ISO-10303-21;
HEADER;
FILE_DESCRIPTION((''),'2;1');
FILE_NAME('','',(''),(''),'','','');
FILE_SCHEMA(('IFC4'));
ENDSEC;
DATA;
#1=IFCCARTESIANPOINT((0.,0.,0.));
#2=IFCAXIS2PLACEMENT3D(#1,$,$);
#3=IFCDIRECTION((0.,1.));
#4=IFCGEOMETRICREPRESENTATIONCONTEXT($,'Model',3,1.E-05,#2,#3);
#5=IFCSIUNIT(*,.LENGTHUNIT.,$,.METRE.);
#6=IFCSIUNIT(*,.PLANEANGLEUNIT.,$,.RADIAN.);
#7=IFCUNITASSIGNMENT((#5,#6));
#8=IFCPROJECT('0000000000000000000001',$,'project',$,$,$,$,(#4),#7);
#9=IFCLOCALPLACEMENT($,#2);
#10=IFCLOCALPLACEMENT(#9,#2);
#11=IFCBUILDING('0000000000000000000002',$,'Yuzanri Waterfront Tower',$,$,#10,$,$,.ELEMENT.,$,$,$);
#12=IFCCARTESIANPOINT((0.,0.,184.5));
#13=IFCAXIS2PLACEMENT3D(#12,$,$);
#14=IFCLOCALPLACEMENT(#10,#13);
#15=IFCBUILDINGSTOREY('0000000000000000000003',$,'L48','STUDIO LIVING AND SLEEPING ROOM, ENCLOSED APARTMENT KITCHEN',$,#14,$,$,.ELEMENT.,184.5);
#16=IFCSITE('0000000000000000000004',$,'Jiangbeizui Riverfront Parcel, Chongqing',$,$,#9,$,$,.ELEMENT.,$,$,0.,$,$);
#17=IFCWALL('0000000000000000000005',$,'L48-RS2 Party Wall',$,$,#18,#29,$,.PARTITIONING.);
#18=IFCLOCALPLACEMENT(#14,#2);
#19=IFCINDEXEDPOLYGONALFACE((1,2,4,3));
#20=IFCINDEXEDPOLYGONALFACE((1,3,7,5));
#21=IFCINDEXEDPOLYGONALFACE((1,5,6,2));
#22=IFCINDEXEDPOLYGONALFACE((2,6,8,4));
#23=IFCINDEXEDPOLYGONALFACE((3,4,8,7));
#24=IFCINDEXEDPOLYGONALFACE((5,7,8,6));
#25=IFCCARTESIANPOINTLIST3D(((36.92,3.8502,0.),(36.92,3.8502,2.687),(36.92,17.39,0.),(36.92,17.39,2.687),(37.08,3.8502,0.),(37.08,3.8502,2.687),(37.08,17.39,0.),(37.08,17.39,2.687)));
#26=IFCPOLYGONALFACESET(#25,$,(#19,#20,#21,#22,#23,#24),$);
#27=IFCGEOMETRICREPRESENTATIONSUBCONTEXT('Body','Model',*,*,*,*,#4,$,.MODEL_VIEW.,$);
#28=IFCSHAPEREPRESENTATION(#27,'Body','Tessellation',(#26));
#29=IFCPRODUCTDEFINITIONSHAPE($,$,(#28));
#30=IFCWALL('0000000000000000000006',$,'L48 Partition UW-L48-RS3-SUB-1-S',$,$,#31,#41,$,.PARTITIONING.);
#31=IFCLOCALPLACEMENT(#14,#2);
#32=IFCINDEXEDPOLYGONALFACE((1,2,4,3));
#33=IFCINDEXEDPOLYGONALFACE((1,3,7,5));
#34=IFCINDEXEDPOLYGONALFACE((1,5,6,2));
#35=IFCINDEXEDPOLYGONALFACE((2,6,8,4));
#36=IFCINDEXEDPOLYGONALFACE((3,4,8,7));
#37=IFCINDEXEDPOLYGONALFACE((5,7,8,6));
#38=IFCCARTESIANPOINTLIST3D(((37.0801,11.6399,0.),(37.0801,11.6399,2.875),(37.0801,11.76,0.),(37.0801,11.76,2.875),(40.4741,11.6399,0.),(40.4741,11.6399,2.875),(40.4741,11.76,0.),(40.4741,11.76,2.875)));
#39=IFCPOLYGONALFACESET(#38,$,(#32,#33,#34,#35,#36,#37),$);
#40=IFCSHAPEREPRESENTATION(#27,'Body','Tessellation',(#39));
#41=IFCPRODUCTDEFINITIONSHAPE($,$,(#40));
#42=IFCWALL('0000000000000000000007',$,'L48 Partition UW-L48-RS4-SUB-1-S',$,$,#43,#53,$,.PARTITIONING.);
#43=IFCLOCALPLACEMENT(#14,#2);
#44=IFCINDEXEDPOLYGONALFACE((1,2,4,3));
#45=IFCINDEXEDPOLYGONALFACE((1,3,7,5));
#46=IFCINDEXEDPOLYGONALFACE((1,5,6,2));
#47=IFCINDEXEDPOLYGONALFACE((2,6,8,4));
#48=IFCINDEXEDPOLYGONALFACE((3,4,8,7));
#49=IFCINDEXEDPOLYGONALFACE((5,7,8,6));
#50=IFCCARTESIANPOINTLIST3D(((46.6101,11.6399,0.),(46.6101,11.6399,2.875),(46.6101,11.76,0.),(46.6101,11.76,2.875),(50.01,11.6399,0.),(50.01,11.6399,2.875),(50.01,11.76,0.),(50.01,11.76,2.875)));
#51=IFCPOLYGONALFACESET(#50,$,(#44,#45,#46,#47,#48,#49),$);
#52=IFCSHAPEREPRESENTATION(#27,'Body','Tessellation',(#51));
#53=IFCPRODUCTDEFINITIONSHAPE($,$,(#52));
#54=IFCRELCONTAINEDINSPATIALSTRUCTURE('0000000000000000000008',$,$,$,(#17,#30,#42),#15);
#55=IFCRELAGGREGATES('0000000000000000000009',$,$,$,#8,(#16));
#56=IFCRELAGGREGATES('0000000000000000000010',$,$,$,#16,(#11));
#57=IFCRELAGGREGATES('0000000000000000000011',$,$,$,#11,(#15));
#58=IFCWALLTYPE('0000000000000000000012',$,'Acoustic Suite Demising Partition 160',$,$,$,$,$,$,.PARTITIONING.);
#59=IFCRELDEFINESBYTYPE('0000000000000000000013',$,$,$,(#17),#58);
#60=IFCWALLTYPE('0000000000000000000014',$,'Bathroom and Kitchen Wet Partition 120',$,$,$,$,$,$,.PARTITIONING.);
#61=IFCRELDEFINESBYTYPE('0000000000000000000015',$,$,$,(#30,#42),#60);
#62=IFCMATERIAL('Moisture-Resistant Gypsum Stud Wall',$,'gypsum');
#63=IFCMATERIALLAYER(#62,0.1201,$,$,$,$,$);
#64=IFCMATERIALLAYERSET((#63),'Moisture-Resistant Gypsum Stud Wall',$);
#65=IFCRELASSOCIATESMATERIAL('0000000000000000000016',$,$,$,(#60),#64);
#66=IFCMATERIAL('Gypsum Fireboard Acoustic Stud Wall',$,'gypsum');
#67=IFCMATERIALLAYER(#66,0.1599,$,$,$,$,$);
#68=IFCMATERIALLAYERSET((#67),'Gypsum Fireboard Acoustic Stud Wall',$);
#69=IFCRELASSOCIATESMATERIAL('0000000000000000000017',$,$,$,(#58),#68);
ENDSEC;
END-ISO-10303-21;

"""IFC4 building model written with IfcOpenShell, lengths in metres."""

from ifc_helpers import new_model, si_unit, direction, frame, frame_2d, origin, place, context, subcontext, project, spatial, rectangle, extrude, source, transform, mapped, material, layer, layer_set, type_object, element, save


model = new_model("IFC4")

# Units and contexts
model_context = context("Model", 3, precision=1e-05, world=origin(), true_north=direction((0.0, 1.0)))
body_context = subcontext(model_context, "Body", "Model", "MODEL_VIEW")
ifc_project = project(units=[si_unit("LENGTHUNIT", "METRE"), si_unit("PLANEANGLEUNIT", "RADIAN")], contexts=[model_context])

# Site, building, storey
site_placement = place(None, origin())
site = spatial("IfcSite", under=ifc_project, at=site_placement, Name="Jiangbeizui Riverfront Parcel, Chongqing", CompositionType="ELEMENT", RefElevation=0.0)
building_placement = place(site_placement, origin())
building = spatial("IfcBuilding", under=site, at=building_placement, Name="Yuzanri Waterfront Tower", CompositionType="ELEMENT")
storey_placement = place(building_placement, frame((0.0, 0.0, 184.5)))
storey = spatial("IfcBuildingStorey", under=building, at=storey_placement, Name="L48", Description="STUDIO LIVING AND SLEEPING ROOM, ENCLOSED APARTMENT KITCHEN", CompositionType="ELEMENT", Elevation=184.5)

# Shared definitions
ifc_material_1 = material(Name="Moisture-Resistant Gypsum Stud Wall", Category="gypsum")
ifc_layer_1 = layer(ifc_material_1, 0.1201)
ifc_layer_set_1 = layer_set([ifc_layer_1], Name="Moisture-Resistant Gypsum Stud Wall")
wall_type_1 = type_object("IfcWallType", Name="Bathroom and Kitchen Wet Partition 120", PredefinedType="PARTITIONING", material=ifc_layer_set_1)

# Walls
ifc_material_2 = material(Name="Gypsum Fireboard Acoustic Stud Wall", Category="gypsum")
ifc_layer_2 = layer(ifc_material_2, 0.1599)
ifc_layer_set_2 = layer_set([ifc_layer_2], Name="Gypsum Fireboard Acoustic Stud Wall")
wall_type_2 = type_object("IfcWallType", Name="Acoustic Suite Demising Partition 160", PredefinedType="PARTITIONING", material=ifc_layer_set_2)
shared_shape_1 = source(origin(), body_context, "Body", "SweptSolid", [
    extrude(rectangle(XDim=13.5398, YDim=0.1599, at=frame_2d((6.77, 0.0))), origin(), (0.0, 0.0, 1.0), 2.687),
])
wall_1_placement = place(storey_placement, frame((37.0, 3.8501, 0.0), z_axis=(0.0, 0.0, 1.0), x_axis=(0.0, 1.0, 0.0)))
element("IfcWall", 1, at=wall_1_placement, inside=storey, type_object=wall_type_2, Name="L48-RS2 Party Wall", PredefinedType="PARTITIONING", context=body_context, shape_type="MappedRepresentation", body=[
    mapped(shared_shape_1, transform((0.0, 0.0, 0.0), scale=1.0)),
])
shared_shape_2 = source(origin(), body_context, "Body", "SweptSolid", [
    extrude(rectangle(XDim=3.394, YDim=0.1201, at=frame_2d((1.697, 0.0))), origin(), (0.0, 0.0, 1.0), 2.875),
])
wall_2_placement = place(storey_placement, frame((37.0801, 11.7, 0.0), z_axis=(0.0, 0.0, 1.0), x_axis=(1.0, 0.0, 0.0)))
element("IfcWall", 2, at=wall_2_placement, inside=storey, type_object=wall_type_1, Name="L48 Partition UW-L48-RS3-SUB-1-S", PredefinedType="PARTITIONING", context=body_context, shape_type="MappedRepresentation", body=[
    mapped(shared_shape_2, transform((0.0, 0.0, 0.0), scale=1.0)),
])
shared_shape_3 = source(origin(), body_context, "Body", "SweptSolid", [
    extrude(rectangle(XDim=3.3999, YDim=0.1201, at=frame_2d((1.7, 0.0))), origin(), (0.0, 0.0, 1.0), 2.875),
])
wall_3_placement = place(storey_placement, frame((46.6101, 11.7, 0.0), z_axis=(0.0, 0.0, 1.0), x_axis=(1.0, 0.0, 0.0)))
element("IfcWall", 3, at=wall_3_placement, inside=storey, type_object=wall_type_1, Name="L48 Partition UW-L48-RS4-SUB-1-S", PredefinedType="PARTITIONING", context=body_context, shape_type="MappedRepresentation", body=[
    mapped(shared_shape_3, transform((0.0, 0.0, 0.0), scale=1.0)),
])

save(model, "model.ifc")
